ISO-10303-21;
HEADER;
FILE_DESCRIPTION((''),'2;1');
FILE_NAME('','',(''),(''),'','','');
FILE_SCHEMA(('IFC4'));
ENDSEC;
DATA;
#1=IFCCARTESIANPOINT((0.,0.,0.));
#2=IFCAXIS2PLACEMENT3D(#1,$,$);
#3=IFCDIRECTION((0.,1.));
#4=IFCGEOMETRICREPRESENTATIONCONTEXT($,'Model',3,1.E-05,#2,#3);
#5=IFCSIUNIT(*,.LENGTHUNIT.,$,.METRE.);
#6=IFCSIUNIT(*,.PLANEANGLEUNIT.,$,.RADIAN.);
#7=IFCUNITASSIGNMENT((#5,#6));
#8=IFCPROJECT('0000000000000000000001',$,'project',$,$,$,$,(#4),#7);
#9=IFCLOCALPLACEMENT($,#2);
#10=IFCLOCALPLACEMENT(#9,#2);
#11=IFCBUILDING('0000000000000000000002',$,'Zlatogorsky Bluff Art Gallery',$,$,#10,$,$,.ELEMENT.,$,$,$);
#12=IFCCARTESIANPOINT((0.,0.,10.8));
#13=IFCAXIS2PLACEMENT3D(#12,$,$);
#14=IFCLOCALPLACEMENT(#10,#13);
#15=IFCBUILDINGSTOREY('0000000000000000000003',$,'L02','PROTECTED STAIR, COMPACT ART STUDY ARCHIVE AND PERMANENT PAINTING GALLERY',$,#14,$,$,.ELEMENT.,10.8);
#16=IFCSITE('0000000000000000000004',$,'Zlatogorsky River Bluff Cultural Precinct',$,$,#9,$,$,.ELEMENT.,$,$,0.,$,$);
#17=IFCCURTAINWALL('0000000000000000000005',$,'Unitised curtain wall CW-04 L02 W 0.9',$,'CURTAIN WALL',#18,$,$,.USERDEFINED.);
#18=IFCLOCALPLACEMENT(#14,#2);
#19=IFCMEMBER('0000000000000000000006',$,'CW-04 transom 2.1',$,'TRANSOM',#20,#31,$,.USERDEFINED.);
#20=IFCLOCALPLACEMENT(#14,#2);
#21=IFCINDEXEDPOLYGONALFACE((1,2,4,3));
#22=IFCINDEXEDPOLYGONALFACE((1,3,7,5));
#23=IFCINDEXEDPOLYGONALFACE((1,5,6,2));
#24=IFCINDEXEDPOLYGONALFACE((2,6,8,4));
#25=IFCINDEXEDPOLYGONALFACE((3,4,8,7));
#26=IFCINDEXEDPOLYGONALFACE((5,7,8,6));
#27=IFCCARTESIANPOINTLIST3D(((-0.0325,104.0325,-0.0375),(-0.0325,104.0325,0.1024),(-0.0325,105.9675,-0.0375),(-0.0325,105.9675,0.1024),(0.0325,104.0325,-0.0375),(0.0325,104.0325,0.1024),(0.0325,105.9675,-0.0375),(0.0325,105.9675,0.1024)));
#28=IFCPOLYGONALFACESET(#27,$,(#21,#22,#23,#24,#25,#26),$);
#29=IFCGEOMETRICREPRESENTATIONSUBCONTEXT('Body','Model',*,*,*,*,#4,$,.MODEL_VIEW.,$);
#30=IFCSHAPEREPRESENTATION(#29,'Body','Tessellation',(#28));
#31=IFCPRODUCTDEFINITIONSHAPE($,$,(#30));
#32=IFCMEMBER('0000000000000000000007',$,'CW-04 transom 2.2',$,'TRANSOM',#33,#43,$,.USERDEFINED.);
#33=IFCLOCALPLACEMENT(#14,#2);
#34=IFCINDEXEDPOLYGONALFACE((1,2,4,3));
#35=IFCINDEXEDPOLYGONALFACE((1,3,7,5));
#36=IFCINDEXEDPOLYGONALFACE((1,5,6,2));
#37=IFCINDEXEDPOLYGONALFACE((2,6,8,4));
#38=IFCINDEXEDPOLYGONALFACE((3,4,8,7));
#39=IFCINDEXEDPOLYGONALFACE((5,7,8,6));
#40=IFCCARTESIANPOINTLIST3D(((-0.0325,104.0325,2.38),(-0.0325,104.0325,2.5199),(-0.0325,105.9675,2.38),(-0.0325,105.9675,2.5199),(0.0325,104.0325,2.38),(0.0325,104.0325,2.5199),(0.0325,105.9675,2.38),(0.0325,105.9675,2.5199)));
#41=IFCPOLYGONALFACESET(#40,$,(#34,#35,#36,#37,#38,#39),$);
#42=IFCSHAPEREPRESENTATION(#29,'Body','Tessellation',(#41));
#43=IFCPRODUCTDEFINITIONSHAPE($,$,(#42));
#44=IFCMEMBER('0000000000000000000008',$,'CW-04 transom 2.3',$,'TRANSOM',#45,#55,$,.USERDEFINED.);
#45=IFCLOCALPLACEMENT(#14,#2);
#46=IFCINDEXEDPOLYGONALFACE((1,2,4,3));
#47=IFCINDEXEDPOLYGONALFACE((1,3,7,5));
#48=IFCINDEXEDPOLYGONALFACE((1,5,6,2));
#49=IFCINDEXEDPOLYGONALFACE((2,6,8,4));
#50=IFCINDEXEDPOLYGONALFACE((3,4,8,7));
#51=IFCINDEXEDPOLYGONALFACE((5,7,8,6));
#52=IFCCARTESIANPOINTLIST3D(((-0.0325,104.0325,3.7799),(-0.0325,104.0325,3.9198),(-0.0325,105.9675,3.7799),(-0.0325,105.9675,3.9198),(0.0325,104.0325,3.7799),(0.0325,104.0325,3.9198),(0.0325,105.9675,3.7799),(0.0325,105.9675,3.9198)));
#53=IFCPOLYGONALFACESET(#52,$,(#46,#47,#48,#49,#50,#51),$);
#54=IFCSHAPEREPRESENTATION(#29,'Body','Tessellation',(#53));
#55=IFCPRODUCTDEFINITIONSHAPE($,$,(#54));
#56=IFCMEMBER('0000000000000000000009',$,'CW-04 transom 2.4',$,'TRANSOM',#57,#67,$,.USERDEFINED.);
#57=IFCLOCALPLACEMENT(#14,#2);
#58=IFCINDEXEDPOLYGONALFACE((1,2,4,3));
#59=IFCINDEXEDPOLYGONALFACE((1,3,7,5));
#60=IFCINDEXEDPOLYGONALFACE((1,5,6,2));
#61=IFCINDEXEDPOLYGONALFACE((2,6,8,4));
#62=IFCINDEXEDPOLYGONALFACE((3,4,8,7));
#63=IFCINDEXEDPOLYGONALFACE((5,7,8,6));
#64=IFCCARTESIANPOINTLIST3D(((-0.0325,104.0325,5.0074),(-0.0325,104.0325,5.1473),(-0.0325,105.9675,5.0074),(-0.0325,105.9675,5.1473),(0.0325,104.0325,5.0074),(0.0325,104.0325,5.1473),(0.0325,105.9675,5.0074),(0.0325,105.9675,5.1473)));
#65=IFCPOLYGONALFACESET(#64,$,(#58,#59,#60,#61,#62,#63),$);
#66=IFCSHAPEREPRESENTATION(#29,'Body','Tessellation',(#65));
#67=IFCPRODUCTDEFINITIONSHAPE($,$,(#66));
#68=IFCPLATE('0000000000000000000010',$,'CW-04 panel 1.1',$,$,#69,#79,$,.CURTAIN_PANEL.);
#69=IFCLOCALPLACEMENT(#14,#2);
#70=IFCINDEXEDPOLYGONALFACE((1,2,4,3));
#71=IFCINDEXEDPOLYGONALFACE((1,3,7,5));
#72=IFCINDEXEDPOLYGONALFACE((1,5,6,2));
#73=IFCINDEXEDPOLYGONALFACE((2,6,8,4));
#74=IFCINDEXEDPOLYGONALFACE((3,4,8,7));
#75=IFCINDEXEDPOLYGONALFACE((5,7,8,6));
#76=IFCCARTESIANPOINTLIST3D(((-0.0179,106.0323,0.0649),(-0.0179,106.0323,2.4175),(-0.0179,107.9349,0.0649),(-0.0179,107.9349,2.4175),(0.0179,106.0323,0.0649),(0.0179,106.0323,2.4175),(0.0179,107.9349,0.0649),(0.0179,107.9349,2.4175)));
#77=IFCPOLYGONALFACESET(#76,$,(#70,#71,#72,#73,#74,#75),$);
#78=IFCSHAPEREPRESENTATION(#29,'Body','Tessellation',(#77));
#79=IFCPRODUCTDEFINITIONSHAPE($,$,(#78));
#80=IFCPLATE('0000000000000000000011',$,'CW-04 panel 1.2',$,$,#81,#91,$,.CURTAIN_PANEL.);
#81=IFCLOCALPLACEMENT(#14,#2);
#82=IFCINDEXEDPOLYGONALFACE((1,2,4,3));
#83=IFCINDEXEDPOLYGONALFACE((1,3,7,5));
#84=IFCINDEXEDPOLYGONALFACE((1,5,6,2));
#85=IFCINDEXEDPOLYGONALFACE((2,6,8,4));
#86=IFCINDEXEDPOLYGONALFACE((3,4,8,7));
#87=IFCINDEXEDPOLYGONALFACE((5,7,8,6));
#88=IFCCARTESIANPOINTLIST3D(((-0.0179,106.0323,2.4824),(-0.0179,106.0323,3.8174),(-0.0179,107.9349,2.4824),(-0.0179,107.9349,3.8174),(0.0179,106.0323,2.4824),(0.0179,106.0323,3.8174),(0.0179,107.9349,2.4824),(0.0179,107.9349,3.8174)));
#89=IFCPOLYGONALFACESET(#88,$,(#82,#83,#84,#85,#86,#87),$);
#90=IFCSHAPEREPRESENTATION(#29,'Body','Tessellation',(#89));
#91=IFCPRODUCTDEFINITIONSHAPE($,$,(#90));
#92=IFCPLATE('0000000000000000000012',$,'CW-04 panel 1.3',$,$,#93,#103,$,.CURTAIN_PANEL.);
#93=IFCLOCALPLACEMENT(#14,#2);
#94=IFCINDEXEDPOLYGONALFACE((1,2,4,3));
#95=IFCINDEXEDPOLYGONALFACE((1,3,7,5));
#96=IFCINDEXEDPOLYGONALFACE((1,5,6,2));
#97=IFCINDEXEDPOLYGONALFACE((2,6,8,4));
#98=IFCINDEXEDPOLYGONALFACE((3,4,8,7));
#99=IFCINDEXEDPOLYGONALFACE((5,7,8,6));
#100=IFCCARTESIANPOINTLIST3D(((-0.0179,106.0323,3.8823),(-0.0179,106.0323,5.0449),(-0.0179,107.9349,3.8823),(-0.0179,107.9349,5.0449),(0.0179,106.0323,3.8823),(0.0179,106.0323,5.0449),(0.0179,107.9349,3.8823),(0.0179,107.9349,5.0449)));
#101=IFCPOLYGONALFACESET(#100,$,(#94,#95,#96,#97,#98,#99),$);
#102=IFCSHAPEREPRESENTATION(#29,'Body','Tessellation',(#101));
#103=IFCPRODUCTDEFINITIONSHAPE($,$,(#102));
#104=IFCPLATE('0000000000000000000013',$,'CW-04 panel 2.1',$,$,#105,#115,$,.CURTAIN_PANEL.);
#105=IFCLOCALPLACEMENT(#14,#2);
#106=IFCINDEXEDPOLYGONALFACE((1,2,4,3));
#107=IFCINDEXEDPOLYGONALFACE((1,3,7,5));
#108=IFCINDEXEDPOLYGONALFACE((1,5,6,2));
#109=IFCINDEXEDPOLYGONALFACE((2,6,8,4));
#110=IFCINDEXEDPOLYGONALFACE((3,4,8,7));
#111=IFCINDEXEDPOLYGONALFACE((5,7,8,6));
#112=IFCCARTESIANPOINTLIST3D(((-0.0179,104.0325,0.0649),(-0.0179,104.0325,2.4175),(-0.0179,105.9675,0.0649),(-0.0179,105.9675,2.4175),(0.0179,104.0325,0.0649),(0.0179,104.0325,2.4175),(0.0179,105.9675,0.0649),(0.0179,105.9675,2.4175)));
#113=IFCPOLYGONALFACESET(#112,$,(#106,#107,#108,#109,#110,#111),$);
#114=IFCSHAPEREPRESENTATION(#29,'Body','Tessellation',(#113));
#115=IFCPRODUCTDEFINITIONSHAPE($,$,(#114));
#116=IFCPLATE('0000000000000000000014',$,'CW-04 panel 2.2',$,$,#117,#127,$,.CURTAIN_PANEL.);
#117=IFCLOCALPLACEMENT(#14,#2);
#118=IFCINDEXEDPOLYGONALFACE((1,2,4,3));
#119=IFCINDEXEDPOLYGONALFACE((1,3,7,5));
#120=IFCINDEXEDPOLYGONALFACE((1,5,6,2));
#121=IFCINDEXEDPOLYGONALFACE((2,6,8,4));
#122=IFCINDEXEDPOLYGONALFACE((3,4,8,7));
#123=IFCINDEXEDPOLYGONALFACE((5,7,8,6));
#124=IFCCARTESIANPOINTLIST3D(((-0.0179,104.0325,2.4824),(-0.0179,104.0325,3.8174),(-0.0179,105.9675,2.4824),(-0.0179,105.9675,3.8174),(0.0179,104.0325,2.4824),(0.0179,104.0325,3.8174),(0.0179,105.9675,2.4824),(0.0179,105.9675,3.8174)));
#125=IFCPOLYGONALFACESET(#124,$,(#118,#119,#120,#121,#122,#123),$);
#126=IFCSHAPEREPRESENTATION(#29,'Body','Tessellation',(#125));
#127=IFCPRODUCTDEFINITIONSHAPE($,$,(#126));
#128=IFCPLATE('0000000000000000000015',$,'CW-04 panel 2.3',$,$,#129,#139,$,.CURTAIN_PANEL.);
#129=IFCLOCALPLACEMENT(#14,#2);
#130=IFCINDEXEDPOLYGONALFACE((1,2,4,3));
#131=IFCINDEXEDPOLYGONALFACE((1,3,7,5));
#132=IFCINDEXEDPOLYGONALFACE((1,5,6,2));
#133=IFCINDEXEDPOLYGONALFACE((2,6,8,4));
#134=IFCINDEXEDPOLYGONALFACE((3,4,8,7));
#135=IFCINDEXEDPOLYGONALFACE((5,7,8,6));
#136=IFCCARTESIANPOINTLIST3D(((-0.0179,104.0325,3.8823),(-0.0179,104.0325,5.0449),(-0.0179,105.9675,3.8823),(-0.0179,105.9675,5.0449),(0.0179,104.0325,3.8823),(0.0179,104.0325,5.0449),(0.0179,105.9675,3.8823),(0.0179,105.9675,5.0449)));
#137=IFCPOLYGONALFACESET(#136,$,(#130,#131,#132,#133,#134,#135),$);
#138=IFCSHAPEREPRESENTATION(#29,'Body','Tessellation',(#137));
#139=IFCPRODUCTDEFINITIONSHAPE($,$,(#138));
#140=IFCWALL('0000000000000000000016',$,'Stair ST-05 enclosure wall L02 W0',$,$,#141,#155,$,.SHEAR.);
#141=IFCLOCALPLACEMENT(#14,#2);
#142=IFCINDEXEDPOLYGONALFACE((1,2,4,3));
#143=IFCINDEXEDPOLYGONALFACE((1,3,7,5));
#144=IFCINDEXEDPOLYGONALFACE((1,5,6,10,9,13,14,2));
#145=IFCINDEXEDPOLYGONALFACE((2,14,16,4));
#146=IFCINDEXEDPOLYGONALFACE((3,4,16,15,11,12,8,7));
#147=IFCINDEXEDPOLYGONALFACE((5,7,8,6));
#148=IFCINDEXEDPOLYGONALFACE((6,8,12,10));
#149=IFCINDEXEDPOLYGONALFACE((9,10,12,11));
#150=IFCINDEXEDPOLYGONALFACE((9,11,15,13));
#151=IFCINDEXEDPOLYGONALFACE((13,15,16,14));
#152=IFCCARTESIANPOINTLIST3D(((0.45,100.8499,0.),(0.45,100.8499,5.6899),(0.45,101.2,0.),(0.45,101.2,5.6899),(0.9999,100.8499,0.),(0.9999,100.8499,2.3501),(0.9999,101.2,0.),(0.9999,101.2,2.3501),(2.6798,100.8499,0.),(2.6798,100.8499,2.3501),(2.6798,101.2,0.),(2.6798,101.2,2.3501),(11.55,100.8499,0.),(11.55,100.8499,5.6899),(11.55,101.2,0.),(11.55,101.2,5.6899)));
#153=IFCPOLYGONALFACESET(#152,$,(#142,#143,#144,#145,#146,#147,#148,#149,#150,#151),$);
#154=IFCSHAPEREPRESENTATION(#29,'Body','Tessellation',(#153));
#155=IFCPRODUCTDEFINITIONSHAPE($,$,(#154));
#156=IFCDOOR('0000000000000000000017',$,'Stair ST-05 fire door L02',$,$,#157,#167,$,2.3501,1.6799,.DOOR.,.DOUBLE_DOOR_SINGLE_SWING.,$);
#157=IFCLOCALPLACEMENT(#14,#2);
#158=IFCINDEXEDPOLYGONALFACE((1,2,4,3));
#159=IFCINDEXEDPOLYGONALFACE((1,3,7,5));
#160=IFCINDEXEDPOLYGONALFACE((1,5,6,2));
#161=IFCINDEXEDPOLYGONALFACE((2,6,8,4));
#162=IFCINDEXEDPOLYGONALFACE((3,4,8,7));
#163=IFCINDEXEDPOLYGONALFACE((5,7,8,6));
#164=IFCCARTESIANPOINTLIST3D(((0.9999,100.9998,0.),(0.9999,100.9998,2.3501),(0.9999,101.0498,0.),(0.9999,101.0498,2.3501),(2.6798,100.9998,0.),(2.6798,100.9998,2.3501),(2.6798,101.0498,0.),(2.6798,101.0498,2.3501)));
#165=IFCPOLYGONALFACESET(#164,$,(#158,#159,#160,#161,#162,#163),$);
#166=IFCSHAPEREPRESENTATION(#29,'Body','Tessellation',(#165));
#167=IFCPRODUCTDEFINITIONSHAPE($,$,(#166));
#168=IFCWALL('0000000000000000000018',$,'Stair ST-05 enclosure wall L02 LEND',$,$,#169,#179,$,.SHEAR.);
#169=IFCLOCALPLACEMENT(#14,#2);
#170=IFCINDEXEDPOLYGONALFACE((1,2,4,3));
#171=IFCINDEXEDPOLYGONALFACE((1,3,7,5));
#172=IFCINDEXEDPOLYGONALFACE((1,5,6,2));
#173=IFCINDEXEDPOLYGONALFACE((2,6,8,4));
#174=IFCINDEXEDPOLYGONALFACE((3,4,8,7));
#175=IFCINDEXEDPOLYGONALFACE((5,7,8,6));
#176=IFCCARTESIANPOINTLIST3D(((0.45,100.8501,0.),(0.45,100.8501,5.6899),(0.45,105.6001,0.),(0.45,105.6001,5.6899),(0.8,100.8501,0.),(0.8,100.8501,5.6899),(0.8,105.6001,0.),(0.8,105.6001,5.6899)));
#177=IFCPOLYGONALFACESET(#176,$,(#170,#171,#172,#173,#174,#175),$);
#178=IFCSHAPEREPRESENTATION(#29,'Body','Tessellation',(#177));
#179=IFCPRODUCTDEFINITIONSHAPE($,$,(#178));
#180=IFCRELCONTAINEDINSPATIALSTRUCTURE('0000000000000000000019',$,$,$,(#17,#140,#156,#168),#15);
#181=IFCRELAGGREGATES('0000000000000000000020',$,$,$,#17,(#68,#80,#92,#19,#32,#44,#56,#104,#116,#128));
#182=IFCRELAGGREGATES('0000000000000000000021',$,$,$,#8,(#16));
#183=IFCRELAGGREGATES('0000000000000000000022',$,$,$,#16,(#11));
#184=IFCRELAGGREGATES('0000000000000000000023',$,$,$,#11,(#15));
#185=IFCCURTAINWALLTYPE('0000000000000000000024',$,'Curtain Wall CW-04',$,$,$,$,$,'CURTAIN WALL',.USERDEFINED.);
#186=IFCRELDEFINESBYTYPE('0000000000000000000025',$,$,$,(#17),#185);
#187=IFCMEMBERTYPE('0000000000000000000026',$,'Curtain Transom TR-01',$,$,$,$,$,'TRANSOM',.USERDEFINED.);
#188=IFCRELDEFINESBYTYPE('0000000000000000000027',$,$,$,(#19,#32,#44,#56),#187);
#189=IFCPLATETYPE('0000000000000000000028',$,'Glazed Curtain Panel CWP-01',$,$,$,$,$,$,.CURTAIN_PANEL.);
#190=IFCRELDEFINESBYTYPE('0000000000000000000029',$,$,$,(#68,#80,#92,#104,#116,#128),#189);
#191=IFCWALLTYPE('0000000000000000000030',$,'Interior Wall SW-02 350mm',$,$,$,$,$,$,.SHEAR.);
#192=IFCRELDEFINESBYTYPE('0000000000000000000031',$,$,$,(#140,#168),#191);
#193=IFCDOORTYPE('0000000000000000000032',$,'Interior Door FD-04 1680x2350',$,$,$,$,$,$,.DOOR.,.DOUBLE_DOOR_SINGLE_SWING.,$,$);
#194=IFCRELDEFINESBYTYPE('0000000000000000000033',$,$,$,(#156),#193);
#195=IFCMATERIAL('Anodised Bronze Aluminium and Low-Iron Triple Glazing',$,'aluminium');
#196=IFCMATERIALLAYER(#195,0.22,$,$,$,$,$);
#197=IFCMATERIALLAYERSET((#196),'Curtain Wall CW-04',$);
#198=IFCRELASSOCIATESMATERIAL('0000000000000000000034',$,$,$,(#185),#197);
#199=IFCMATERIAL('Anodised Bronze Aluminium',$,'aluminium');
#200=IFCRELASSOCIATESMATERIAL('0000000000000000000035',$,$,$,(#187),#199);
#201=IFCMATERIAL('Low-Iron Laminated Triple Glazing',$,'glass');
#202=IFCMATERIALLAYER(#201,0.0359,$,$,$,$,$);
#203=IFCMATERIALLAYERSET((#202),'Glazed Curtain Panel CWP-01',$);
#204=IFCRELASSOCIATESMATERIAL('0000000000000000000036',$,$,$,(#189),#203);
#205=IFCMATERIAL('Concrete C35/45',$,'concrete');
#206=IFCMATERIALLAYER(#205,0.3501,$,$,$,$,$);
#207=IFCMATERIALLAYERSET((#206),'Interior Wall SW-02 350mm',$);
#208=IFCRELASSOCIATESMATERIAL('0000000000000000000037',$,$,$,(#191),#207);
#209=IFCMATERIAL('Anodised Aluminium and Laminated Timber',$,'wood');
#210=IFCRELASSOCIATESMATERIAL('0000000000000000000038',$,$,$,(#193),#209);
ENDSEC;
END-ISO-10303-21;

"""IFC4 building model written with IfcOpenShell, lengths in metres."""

from ifc_helpers import new_model, si_unit, direction, frame, frame_2d, origin, origin_2d, place, context, subcontext, project, spatial, rectangle, extrude, material, layer, layer_set, material_profile, profile_set, type_object, element, fill, aggregate, save


model = new_model("IFC4")

# Units and contexts
model_context = context("Model", 3, precision=1e-05, world=origin(), true_north=direction((0.0, 1.0)))
body_context = subcontext(model_context, "Body", "Model", "MODEL_VIEW")
ifc_project = project(units=[si_unit("LENGTHUNIT", "METRE"), si_unit("PLANEANGLEUNIT", "RADIAN")], contexts=[model_context])

# Site, building, storey
site_placement = place(None, origin())
site = spatial("IfcSite", under=ifc_project, at=site_placement, Name="Zlatogorsky River Bluff Cultural Precinct", CompositionType="ELEMENT", RefElevation=0.0)
building_placement = place(site_placement, origin())
building = spatial("IfcBuilding", under=site, at=building_placement, Name="Zlatogorsky Bluff Art Gallery", CompositionType="ELEMENT")
storey_placement = place(building_placement, frame((0.0, 0.0, 10.8)))
storey = spatial("IfcBuildingStorey", under=building, at=storey_placement, Name="L02", Description="PROTECTED STAIR, COMPACT ART STUDY ARCHIVE AND PERMANENT PAINTING GALLERY", CompositionType="ELEMENT", Elevation=10.8)

# Curtain wall, members, plates
ifc_material_1 = material(Name="Anodised Bronze Aluminium and Low-Iron Triple Glazing", Category="aluminium")
ifc_layer_1 = layer(ifc_material_1, 0.22)
ifc_layer_set_1 = layer_set([ifc_layer_1], Name="Curtain Wall CW-04")
curtain_wall_type = type_object("IfcCurtainWallType", Name="Curtain Wall CW-04", ElementType="CURTAIN WALL", PredefinedType="USERDEFINED", material=ifc_layer_set_1)
curtain_wall_placement = place(storey_placement, origin())
curtain_wall = element("IfcCurtainWall", 1, at=curtain_wall_placement, inside=storey, type_object=curtain_wall_type, Name="Unitised curtain wall CW-04 L02 W 0.9", ObjectType="CURTAIN WALL", PredefinedType="USERDEFINED")
ifc_material_2 = material(Name="Anodised Bronze Aluminium", Category="aluminium")
ifc_material_profile_1 = material_profile(ifc_material_2, rectangle(XDim=0.0649, YDim=0.1399, at=origin_2d()), Name="ALU TRANSOM 65x140")
ifc_profile_set_1 = profile_set([ifc_material_profile_1], Name="Anodised Bronze Aluminium")
member_type_1 = type_object("IfcMemberType", Name="Curtain Transom TR-01", ElementType="TRANSOM", PredefinedType="USERDEFINED", material=ifc_profile_set_1)
member_1_placement = place(storey_placement, frame((0.0, 105.9675, 0.0325), z_axis=(0.0, -1.0, 0.0), x_axis=(1.0, 0.0, 0.0)))
member_1 = element("IfcMember", 2, at=member_1_placement, type_object=member_type_1, Name="CW-04 transom 2.1", ObjectType="TRANSOM", PredefinedType="USERDEFINED", context=body_context, shape_type="SweptSolid", body=[
    extrude(rectangle(XDim=0.0649, YDim=0.1399, at=origin_2d()), origin(), (0.0, 0.0, 1.0), 1.9351),
])
member_2_placement = place(storey_placement, frame((0.0, 105.9675, 2.45), z_axis=(0.0, -1.0, 0.0), x_axis=(1.0, 0.0, 0.0)))
member_2 = element("IfcMember", 3, at=member_2_placement, type_object=member_type_1, Name="CW-04 transom 2.2", ObjectType="TRANSOM", PredefinedType="USERDEFINED", context=body_context, shape_type="SweptSolid", body=[
    extrude(rectangle(XDim=0.0649, YDim=0.1399, at=origin_2d()), origin(), (0.0, 0.0, 1.0), 1.9351),
])
member_3_placement = place(storey_placement, frame((0.0, 105.9675, 3.8499), z_axis=(0.0, -1.0, 0.0), x_axis=(1.0, 0.0, 0.0)))
member_3 = element("IfcMember", 4, at=member_3_placement, type_object=member_type_1, Name="CW-04 transom 2.3", ObjectType="TRANSOM", PredefinedType="USERDEFINED", context=body_context, shape_type="SweptSolid", body=[
    extrude(rectangle(XDim=0.0649, YDim=0.1399, at=origin_2d()), origin(), (0.0, 0.0, 1.0), 1.9351),
])
member_4_placement = place(storey_placement, frame((0.0, 105.9675, 5.0774), z_axis=(0.0, -1.0, 0.0), x_axis=(1.0, 0.0, 0.0)))
member_4 = element("IfcMember", 5, at=member_4_placement, type_object=member_type_1, Name="CW-04 transom 2.4", ObjectType="TRANSOM", PredefinedType="USERDEFINED", context=body_context, shape_type="SweptSolid", body=[
    extrude(rectangle(XDim=0.0649, YDim=0.1399, at=origin_2d()), origin(), (0.0, 0.0, 1.0), 1.9351),
])
ifc_material_3 = material(Name="Low-Iron Laminated Triple Glazing", Category="glass")
ifc_layer_2 = layer(ifc_material_3, 0.0359)
ifc_layer_set_2 = layer_set([ifc_layer_2], Name="Glazed Curtain Panel CWP-01")
plate_type = type_object("IfcPlateType", Name="Glazed Curtain Panel CWP-01", PredefinedType="CURTAIN_PANEL", material=ifc_layer_set_2)
plate_1_placement = place(storey_placement, frame((0.0, 106.9836, 0.0649), z_axis=(0.0, 0.0, 1.0), x_axis=(0.0, -1.0, 0.0)))
plate_1 = element("IfcPlate", 6, at=plate_1_placement, type_object=plate_type, Name="CW-04 panel 1.1", PredefinedType="CURTAIN_PANEL", context=body_context, shape_type="SweptSolid", body=[
    extrude(rectangle(XDim=1.9026, YDim=0.0359, at=origin_2d()), origin(), (0.0, 0.0, 1.0), 2.3525),
])
plate_2_placement = place(storey_placement, frame((0.0, 106.9836, 2.4824), z_axis=(0.0, 0.0, 1.0), x_axis=(0.0, -1.0, 0.0)))
plate_2 = element("IfcPlate", 7, at=plate_2_placement, type_object=plate_type, Name="CW-04 panel 1.2", PredefinedType="CURTAIN_PANEL", context=body_context, shape_type="SweptSolid", body=[
    extrude(rectangle(XDim=1.9026, YDim=0.0359, at=origin_2d()), origin(), (0.0, 0.0, 1.0), 1.335),
])
plate_3_placement = place(storey_placement, frame((0.0, 106.9836, 3.8823), z_axis=(0.0, 0.0, 1.0), x_axis=(0.0, -1.0, 0.0)))
plate_3 = element("IfcPlate", 8, at=plate_3_placement, type_object=plate_type, Name="CW-04 panel 1.3", PredefinedType="CURTAIN_PANEL", context=body_context, shape_type="SweptSolid", body=[
    extrude(rectangle(XDim=1.9026, YDim=0.0359, at=origin_2d()), origin(), (0.0, 0.0, 1.0), 1.1626),
])
plate_4_placement = place(storey_placement, frame((0.0, 105.0, 0.0649), z_axis=(0.0, 0.0, 1.0), x_axis=(0.0, -1.0, 0.0)))
plate_4 = element("IfcPlate", 9, at=plate_4_placement, type_object=plate_type, Name="CW-04 panel 2.1", PredefinedType="CURTAIN_PANEL", context=body_context, shape_type="SweptSolid", body=[
    extrude(rectangle(XDim=1.9351, YDim=0.0359, at=origin_2d()), origin(), (0.0, 0.0, 1.0), 2.3525),
])
plate_5_placement = place(storey_placement, frame((0.0, 105.0, 2.4824), z_axis=(0.0, 0.0, 1.0), x_axis=(0.0, -1.0, 0.0)))
plate_5 = element("IfcPlate", 10, at=plate_5_placement, type_object=plate_type, Name="CW-04 panel 2.2", PredefinedType="CURTAIN_PANEL", context=body_context, shape_type="SweptSolid", body=[
    extrude(rectangle(XDim=1.9351, YDim=0.0359, at=origin_2d()), origin(), (0.0, 0.0, 1.0), 1.335),
])
plate_6_placement = place(storey_placement, frame((0.0, 105.0, 3.8823), z_axis=(0.0, 0.0, 1.0), x_axis=(0.0, -1.0, 0.0)))
plate_6 = element("IfcPlate", 11, at=plate_6_placement, type_object=plate_type, Name="CW-04 panel 2.3", PredefinedType="CURTAIN_PANEL", context=body_context, shape_type="SweptSolid", body=[
    extrude(rectangle(XDim=1.9351, YDim=0.0359, at=origin_2d()), origin(), (0.0, 0.0, 1.0), 1.1626),
])
aggregate(curtain_wall, [plate_1, plate_2, plate_3, member_1, member_2, member_3, member_4, plate_4, plate_5, plate_6])

# Wall, opening, door
ifc_material_4 = material(Name="Concrete C35/45", Category="concrete")
ifc_layer_3 = layer(ifc_material_4, 0.3501)
ifc_layer_set_3 = layer_set([ifc_layer_3], Name="Interior Wall SW-02 350mm")
wall_type = type_object("IfcWallType", Name="Interior Wall SW-02 350mm", PredefinedType="SHEAR", material=ifc_layer_set_3)
wall_1_placement = place(storey_placement, frame((0.45, 101.0249, 0.0), z_axis=(0.0, 0.0, 1.0), x_axis=(1.0, 0.0, 0.0)))
wall_1 = element("IfcWall", 12, at=wall_1_placement, inside=storey, type_object=wall_type, Name="Stair ST-05 enclosure wall L02 W0", PredefinedType="SHEAR", context=body_context, shape_type="SweptSolid", body=[
    extrude(rectangle(XDim=11.1001, YDim=0.3501, at=frame_2d((5.55, 0.0))), origin(), (0.0, 0.0, 1.0), 5.6899),
])
opening_placement = place(wall_1_placement, frame((0.55, 0.0, 0.0)))
opening = element("IfcOpeningElement", 13, at=opening_placement, cuts=wall_1, PredefinedType="OPENING", context=body_context, shape_type="SweptSolid", body=[
    extrude(rectangle(XDim=1.6799, YDim=2.3501, at=frame_2d((0.8398, 1.175))), frame((0.0, 0.1851, 0.0), z_axis=(0.0, -1.0, 0.0), x_axis=(1.0, 0.0, 0.0)), (0.0, 0.0, 1.0), 0.3701),
])
ifc_material_5 = material(Name="Anodised Aluminium and Laminated Timber", Category="wood")
door_type = type_object("IfcDoorType", Name="Interior Door FD-04 1680x2350", OperationType="DOUBLE_DOOR_SINGLE_SWING", PredefinedType="DOOR", material=ifc_material_5)
door_placement = place(opening_placement, origin())
door = element("IfcDoor", 14, at=door_placement, inside=storey, type_object=door_type, Name="Stair ST-05 fire door L02", OperationType="DOUBLE_DOOR_SINGLE_SWING", OverallHeight=2.3501, OverallWidth=1.6799, PredefinedType="DOOR", context=body_context, shape_type="SweptSolid", body=[
    extrude(rectangle(XDim=1.6799, YDim=2.3501, at=frame_2d((0.8398, 1.175))), frame((0.0, 0.0249, 0.0), z_axis=(0.0, -1.0, 0.0), x_axis=(1.0, 0.0, 0.0)), (0.0, 0.0, 1.0), 0.05),
])
fill(opening, door)

# Wall
wall_2_placement = place(storey_placement, frame((0.625, 105.6001, 0.0), z_axis=(0.0, 0.0, 1.0), x_axis=(0.0, -1.0, 0.0)))
element("IfcWall", 15, at=wall_2_placement, inside=storey, type_object=wall_type, Name="Stair ST-05 enclosure wall L02 LEND", PredefinedType="SHEAR", context=body_context, shape_type="SweptSolid", body=[
    extrude(rectangle(XDim=4.75, YDim=0.3501, at=frame_2d((2.375, 0.0))), origin(), (0.0, 0.0, 1.0), 5.6899),
])

save(model, "model.ifc")
